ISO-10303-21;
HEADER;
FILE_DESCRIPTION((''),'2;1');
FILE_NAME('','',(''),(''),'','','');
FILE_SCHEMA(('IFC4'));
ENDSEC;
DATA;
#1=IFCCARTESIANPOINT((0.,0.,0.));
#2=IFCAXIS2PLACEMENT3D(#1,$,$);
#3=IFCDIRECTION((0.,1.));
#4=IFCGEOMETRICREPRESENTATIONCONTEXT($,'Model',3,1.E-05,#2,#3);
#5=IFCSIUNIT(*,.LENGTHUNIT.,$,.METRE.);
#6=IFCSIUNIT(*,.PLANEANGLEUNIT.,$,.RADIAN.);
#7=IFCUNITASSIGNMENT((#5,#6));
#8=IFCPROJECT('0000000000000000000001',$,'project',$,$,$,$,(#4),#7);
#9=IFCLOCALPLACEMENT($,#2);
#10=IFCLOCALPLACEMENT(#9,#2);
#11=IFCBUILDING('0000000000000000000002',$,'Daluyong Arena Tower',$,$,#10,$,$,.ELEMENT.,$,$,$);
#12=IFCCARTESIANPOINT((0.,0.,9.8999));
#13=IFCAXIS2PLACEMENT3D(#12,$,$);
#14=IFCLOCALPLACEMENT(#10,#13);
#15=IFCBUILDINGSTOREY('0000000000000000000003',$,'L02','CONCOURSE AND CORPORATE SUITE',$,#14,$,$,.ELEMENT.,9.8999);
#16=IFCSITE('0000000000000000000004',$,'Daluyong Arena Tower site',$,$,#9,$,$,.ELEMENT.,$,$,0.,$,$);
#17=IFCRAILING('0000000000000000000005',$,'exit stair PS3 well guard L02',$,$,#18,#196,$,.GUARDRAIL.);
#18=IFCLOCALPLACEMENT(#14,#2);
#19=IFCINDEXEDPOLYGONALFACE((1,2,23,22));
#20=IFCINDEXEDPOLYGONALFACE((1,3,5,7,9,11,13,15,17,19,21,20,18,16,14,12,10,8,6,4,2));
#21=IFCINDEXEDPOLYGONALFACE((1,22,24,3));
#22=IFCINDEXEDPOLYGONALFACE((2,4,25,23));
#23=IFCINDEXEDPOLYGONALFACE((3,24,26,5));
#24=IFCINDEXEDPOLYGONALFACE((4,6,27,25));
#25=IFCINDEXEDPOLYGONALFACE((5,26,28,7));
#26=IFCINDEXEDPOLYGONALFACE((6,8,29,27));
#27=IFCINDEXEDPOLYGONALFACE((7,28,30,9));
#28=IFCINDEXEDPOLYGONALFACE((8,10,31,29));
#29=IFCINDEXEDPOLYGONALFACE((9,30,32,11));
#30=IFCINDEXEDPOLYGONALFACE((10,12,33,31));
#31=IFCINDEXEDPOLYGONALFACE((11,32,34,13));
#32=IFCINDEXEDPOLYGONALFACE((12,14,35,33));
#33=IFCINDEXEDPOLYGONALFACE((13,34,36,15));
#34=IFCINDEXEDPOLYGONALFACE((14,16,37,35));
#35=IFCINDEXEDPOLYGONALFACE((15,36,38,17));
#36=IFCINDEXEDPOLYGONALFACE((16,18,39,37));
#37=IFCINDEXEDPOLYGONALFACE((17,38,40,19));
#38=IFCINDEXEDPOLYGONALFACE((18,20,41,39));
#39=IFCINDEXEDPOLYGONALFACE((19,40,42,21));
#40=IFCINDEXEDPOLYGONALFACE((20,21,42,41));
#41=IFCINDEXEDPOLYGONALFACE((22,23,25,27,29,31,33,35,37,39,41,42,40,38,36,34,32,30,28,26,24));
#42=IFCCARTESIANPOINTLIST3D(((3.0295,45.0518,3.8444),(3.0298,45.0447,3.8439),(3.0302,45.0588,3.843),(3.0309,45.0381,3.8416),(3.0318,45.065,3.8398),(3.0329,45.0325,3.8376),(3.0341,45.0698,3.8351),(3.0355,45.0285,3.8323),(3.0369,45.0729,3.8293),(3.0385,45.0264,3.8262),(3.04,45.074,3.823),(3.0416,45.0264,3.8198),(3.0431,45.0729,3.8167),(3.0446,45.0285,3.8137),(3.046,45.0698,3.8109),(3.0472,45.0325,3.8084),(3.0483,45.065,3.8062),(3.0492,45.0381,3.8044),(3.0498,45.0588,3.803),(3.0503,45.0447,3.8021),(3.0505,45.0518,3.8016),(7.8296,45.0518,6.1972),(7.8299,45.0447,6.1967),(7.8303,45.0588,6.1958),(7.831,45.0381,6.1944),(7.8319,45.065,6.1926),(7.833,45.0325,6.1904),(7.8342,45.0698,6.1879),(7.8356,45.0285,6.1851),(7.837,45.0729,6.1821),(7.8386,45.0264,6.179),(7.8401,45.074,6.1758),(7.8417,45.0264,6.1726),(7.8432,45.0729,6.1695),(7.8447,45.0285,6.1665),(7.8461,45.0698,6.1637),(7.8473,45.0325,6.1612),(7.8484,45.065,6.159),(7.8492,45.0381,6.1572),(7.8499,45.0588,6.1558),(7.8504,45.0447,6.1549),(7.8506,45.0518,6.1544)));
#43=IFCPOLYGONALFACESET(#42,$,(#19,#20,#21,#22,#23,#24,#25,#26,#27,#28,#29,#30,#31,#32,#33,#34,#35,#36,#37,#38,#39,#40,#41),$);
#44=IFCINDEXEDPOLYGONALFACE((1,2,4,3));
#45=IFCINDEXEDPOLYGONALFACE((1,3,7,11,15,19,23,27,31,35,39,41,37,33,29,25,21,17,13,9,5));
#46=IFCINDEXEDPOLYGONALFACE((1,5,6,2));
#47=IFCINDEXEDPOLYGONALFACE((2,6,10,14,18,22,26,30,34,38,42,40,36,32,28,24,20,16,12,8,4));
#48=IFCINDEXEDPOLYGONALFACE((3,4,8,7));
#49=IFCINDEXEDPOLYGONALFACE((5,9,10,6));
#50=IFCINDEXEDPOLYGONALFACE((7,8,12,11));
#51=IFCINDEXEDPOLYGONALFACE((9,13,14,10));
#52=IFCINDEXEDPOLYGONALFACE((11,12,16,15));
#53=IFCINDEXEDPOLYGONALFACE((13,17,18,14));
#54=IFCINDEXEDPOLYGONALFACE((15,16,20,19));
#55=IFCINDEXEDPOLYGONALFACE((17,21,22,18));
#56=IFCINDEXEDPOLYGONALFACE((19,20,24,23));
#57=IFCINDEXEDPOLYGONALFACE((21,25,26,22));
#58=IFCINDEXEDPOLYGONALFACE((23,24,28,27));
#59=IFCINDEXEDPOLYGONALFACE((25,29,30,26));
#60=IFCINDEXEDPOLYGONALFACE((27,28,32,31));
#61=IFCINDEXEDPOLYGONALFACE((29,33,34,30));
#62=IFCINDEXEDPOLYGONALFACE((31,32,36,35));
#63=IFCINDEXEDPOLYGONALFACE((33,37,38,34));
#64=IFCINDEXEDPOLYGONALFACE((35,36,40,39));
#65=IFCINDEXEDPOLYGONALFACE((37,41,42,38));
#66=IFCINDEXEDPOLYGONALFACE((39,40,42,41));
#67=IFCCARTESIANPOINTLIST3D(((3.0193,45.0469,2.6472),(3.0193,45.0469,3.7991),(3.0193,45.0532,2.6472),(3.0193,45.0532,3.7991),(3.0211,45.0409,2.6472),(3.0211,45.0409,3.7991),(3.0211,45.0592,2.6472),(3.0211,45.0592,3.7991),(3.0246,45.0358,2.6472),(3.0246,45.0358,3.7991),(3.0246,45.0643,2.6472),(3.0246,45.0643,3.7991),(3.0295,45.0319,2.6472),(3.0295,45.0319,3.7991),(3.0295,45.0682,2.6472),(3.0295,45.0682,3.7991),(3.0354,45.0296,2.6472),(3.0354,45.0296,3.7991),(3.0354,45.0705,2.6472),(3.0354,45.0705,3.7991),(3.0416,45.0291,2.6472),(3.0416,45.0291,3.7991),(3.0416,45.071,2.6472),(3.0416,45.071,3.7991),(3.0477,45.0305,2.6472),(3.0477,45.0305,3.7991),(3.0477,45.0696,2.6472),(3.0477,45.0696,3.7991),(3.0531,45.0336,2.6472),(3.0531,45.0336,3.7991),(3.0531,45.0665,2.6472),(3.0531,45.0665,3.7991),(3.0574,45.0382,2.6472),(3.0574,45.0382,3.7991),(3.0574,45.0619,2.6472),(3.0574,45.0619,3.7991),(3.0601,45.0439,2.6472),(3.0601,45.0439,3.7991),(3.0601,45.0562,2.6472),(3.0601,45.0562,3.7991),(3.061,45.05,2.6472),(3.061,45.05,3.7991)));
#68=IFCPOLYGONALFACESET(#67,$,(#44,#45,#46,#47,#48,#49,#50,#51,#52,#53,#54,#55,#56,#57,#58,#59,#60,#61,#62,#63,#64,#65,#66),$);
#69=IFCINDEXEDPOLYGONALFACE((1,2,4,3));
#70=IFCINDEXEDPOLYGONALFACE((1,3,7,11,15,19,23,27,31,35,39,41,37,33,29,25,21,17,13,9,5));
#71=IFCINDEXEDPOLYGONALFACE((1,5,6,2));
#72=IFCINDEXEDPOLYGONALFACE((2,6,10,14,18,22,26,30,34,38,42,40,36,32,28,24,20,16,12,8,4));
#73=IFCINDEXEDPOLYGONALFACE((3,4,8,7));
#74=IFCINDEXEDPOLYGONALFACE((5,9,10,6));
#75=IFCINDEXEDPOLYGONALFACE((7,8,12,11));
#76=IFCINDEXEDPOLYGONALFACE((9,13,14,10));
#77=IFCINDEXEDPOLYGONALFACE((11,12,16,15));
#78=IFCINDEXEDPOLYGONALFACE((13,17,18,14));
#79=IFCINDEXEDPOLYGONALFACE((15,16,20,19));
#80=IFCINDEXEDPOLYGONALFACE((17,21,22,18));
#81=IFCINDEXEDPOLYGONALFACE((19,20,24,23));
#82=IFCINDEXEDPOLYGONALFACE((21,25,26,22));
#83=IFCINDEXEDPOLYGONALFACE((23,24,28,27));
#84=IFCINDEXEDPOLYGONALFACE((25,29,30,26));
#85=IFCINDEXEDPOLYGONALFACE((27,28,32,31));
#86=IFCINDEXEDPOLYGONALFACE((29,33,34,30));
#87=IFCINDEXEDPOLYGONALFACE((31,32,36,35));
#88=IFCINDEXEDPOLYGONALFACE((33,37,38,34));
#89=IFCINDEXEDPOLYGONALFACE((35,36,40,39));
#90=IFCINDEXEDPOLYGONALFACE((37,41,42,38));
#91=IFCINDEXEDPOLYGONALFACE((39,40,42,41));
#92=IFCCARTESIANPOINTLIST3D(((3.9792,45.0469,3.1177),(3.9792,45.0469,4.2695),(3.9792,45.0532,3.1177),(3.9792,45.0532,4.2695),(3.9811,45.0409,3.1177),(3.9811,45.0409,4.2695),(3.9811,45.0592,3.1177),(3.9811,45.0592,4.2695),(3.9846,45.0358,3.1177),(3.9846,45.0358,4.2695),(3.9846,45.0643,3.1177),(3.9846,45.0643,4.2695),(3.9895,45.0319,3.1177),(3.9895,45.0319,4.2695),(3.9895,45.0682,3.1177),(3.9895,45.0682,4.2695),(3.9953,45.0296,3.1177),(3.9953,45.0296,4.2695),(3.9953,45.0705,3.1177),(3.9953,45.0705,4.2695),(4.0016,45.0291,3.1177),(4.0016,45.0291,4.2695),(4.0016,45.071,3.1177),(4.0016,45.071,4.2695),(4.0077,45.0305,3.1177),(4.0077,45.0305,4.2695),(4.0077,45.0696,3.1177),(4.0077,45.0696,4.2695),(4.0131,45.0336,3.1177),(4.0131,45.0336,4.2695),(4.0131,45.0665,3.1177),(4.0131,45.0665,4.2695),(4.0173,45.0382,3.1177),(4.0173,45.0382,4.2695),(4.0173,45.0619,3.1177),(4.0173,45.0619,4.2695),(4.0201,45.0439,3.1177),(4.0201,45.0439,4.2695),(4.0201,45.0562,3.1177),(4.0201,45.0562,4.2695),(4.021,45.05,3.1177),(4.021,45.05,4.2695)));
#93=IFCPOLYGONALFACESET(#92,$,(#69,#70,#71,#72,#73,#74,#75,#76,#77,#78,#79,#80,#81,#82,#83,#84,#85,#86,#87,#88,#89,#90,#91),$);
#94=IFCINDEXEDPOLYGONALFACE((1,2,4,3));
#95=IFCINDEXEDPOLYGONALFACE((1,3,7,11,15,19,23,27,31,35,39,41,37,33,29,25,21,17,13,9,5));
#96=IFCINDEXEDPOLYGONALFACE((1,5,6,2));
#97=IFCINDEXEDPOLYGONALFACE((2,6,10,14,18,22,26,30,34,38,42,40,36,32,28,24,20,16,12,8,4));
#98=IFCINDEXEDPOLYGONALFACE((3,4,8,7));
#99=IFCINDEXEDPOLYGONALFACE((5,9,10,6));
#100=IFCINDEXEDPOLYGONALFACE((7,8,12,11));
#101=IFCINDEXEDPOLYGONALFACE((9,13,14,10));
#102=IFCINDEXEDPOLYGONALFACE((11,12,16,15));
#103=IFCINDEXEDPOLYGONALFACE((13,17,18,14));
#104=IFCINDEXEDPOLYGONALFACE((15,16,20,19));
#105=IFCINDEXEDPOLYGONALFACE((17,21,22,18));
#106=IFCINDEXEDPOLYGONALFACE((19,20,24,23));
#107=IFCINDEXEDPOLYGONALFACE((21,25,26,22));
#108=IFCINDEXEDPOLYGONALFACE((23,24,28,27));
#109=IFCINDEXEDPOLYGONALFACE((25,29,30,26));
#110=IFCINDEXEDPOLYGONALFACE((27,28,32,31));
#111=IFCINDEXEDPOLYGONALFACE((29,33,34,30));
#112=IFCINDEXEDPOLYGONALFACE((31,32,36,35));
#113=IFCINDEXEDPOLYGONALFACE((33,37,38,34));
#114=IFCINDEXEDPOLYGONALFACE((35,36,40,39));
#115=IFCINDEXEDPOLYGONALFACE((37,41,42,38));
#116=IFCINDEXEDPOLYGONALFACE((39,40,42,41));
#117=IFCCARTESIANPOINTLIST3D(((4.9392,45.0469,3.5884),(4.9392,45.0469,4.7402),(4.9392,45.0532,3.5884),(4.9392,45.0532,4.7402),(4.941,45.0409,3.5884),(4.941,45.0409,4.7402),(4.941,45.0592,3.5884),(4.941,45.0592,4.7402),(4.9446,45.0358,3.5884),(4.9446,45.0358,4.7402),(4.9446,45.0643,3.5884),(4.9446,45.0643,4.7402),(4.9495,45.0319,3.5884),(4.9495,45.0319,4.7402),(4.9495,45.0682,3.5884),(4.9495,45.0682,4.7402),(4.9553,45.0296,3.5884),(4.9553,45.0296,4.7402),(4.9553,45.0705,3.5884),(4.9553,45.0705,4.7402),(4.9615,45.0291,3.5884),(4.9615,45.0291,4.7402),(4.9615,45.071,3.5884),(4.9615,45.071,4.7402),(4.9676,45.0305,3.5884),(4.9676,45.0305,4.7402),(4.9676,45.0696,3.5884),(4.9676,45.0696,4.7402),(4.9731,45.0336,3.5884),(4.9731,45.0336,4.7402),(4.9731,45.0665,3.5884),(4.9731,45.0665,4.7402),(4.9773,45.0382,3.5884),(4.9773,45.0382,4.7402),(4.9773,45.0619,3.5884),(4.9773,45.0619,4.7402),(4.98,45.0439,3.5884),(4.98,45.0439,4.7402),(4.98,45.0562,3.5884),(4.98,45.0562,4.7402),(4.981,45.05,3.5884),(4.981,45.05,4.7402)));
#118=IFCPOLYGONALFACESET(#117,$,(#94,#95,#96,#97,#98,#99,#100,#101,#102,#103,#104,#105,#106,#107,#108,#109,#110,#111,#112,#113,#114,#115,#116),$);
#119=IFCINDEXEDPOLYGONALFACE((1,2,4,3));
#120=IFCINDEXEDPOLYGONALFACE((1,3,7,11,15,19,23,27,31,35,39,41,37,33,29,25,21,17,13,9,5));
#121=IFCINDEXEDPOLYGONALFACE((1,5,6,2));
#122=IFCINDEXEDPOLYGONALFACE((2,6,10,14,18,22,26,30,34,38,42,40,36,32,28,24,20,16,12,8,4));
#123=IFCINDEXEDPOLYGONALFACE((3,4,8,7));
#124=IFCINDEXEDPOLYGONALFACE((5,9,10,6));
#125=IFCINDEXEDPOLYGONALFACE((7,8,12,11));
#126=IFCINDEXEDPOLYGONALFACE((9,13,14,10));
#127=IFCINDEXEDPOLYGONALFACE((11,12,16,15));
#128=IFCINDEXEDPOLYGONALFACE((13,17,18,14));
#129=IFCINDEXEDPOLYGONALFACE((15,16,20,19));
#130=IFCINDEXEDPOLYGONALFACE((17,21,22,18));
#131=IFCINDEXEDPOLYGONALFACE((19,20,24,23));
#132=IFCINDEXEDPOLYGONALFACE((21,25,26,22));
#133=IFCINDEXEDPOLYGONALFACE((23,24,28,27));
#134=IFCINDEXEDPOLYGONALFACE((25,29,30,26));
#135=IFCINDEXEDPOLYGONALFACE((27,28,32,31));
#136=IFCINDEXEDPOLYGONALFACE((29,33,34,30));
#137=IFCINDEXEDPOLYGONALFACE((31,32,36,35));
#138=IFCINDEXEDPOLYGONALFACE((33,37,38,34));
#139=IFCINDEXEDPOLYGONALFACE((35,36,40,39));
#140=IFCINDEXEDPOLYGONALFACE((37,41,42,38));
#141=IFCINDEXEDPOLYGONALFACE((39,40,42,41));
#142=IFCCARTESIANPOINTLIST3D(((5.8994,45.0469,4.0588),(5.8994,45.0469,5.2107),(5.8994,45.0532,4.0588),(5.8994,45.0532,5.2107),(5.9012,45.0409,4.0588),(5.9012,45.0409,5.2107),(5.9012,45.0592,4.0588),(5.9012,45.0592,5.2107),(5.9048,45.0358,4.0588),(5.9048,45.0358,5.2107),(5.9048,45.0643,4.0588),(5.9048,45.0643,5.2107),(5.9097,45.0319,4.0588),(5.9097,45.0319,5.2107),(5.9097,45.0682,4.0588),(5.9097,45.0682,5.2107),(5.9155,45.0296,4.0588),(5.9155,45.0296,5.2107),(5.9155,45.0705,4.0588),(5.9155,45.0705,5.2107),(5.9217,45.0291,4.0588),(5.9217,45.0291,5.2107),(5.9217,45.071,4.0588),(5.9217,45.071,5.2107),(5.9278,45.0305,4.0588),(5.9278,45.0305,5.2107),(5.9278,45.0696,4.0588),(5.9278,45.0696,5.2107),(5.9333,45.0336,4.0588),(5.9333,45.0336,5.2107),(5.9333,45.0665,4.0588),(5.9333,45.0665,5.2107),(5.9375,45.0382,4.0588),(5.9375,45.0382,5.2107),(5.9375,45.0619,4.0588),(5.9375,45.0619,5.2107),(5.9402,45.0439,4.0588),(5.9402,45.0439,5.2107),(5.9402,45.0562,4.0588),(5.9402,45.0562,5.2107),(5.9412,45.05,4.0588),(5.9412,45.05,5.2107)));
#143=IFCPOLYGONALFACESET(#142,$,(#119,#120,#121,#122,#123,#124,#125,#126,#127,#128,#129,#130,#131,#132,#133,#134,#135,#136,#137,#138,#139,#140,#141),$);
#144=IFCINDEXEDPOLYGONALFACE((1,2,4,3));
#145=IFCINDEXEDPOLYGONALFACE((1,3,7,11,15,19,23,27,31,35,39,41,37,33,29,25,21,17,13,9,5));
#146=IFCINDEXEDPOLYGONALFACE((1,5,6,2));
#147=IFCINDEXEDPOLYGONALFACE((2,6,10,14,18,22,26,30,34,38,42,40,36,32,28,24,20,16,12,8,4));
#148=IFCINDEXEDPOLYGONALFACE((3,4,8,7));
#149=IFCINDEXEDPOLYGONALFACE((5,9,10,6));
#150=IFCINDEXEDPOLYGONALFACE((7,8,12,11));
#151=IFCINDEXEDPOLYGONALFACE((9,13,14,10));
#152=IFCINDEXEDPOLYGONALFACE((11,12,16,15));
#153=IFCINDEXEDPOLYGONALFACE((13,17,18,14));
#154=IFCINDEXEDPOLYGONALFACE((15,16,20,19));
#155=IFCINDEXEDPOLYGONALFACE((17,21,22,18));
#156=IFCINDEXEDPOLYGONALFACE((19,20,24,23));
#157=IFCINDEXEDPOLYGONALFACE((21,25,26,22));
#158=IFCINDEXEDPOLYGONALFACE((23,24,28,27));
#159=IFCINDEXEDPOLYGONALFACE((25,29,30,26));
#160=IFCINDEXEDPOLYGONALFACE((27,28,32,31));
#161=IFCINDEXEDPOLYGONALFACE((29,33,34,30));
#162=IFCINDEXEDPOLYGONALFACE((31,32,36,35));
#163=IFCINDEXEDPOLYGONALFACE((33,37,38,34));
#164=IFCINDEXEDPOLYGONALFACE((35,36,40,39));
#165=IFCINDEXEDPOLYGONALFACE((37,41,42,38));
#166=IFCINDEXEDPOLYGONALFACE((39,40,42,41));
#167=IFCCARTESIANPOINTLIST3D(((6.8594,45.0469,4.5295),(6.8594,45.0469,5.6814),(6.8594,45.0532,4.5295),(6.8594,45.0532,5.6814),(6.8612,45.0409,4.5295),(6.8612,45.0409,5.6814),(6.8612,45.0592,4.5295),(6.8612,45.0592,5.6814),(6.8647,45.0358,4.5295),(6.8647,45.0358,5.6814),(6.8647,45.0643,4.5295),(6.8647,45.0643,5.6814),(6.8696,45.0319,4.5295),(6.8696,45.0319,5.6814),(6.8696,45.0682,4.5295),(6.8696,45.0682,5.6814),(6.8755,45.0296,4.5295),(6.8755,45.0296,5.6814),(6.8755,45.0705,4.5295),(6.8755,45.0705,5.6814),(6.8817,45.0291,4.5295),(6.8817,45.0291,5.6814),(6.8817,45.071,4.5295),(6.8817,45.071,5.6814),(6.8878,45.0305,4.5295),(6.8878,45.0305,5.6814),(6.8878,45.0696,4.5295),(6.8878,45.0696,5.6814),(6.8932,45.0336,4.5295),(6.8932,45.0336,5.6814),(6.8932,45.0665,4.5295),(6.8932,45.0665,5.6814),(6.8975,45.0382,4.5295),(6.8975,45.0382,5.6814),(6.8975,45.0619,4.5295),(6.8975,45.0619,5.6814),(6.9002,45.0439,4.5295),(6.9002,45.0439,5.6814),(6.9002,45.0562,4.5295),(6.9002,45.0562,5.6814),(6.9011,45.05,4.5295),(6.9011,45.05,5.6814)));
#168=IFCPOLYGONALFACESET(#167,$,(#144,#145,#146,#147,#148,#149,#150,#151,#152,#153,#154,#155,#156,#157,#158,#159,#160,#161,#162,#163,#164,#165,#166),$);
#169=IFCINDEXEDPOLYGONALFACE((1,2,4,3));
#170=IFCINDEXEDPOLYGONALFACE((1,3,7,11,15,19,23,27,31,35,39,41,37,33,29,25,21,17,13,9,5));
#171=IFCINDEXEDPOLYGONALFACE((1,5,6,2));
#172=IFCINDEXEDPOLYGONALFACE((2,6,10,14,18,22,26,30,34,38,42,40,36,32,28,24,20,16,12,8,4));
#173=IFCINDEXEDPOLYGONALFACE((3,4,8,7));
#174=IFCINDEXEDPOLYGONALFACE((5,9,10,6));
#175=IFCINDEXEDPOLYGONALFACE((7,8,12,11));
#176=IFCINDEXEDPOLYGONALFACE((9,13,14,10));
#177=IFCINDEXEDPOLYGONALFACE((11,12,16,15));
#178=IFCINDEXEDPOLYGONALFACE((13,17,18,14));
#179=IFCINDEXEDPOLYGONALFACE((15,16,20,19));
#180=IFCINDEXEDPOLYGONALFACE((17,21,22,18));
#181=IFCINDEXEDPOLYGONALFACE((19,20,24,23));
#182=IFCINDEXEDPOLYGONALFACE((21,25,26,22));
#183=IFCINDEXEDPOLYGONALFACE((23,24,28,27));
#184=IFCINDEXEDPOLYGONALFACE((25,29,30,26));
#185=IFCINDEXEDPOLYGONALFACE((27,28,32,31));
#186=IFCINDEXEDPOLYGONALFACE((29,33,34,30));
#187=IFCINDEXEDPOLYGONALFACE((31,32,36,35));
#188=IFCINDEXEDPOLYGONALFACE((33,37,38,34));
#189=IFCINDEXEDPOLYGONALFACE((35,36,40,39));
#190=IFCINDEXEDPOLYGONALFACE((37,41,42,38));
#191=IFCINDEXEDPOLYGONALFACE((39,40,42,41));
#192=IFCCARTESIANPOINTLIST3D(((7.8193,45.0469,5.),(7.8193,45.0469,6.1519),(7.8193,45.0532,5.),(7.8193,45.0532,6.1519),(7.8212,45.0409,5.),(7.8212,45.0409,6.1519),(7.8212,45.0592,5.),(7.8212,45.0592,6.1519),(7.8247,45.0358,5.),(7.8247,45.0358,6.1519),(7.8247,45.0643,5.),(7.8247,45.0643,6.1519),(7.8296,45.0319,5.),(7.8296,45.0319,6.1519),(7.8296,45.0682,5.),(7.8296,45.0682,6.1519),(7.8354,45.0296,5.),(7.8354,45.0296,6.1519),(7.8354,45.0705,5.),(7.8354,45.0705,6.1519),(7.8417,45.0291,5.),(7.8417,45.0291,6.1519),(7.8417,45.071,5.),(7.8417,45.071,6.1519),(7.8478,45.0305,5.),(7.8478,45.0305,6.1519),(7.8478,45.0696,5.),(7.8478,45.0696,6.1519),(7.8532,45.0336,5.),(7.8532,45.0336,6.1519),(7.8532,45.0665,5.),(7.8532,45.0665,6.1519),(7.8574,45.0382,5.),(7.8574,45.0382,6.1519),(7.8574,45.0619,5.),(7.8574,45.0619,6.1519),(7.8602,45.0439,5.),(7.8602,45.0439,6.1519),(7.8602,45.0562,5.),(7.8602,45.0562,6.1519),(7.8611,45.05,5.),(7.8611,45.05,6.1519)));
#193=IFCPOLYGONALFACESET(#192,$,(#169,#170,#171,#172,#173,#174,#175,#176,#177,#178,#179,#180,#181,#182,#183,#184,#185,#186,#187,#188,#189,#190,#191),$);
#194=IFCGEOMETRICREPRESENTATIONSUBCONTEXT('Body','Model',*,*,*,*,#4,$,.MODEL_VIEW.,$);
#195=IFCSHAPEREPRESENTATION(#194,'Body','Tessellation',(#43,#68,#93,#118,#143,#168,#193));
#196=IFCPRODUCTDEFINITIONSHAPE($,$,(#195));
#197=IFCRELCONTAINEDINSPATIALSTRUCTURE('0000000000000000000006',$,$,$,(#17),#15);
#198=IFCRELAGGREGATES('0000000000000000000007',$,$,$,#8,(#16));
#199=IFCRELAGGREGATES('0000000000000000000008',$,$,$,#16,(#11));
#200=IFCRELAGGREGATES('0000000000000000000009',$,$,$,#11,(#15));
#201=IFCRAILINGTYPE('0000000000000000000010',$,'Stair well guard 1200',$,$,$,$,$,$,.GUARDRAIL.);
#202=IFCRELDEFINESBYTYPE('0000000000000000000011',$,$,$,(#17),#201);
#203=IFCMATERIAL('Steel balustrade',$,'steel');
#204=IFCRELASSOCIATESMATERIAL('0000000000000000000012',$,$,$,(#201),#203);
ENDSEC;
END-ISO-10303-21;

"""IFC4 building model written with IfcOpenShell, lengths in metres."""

from ifc_helpers import new_model, si_unit, direction, frame, origin, origin_2d, place, context, subcontext, project, spatial, circle, extrude, material, type_object, element, save


model = new_model("IFC4")

# Units and contexts
model_context = context("Model", 3, precision=1e-05, world=origin(), true_north=direction((0.0, 1.0)))
body_context = subcontext(model_context, "Body", "Model", "MODEL_VIEW")
ifc_project = project(units=[si_unit("LENGTHUNIT", "METRE"), si_unit("PLANEANGLEUNIT", "RADIAN")], contexts=[model_context])

# Site, building, storey
site_placement = place(None, origin())
site = spatial("IfcSite", under=ifc_project, at=site_placement, Name="Daluyong Arena Tower site", CompositionType="ELEMENT", RefElevation=0.0)
building_placement = place(site_placement, origin())
building = spatial("IfcBuilding", under=site, at=building_placement, Name="Daluyong Arena Tower", CompositionType="ELEMENT")
storey_placement = place(building_placement, frame((0.0, 0.0, 9.8999)))
storey = spatial("IfcBuildingStorey", under=building, at=storey_placement, Name="L02", Description="CONCOURSE AND CORPORATE SUITE", CompositionType="ELEMENT", Elevation=9.8999)

# Railing
ifc_material_1 = material(Name="Steel balustrade", Category="steel")
railing_type_1 = type_object("IfcRailingType", Name="Stair well guard 1200", PredefinedType="GUARDRAIL", material=ifc_material_1)
railing_1_placement = place(storey_placement, frame((3.04, 45.05, 2.6472)))
element("IfcRailing", 1, at=railing_1_placement, inside=storey, type_object=railing_type_1, Name="exit stair PS3 well guard L02", PredefinedType="GUARDRAIL", context=body_context, shape_type="SweptSolid", body=[
    extrude(circle(Radius=0.0239, at=origin_2d()), frame((0.0, 0.0, 1.1758), z_axis=(0.897934, 0.0, 0.44013), x_axis=(0.0, 1.0, 0.0)), (0.0, 0.0, 1.0), 5.3457),
    extrude(circle(Radius=0.021, at=origin_2d()), origin(), (0.0, 0.0, 1.0), 1.1519),
    extrude(circle(Radius=0.021, at=origin_2d()), frame((0.96, 0.0, 0.4705)), (0.0, 0.0, 1.0), 1.1519),
    extrude(circle(Radius=0.021, at=origin_2d()), frame((1.9199, 0.0, 0.9412)), (0.0, 0.0, 1.0), 1.1519),
    extrude(circle(Radius=0.021, at=origin_2d()), frame((2.8801, 0.0, 1.4116)), (0.0, 0.0, 1.0), 1.1519),
    extrude(circle(Radius=0.021, at=origin_2d()), frame((3.8401, 0.0, 1.8823)), (0.0, 0.0, 1.0), 1.1519),
    extrude(circle(Radius=0.021, at=origin_2d()), frame((4.8, 0.0, 2.3528)), (0.0, 0.0, 1.0), 1.1519),
])

save(model, "model.ifc")
